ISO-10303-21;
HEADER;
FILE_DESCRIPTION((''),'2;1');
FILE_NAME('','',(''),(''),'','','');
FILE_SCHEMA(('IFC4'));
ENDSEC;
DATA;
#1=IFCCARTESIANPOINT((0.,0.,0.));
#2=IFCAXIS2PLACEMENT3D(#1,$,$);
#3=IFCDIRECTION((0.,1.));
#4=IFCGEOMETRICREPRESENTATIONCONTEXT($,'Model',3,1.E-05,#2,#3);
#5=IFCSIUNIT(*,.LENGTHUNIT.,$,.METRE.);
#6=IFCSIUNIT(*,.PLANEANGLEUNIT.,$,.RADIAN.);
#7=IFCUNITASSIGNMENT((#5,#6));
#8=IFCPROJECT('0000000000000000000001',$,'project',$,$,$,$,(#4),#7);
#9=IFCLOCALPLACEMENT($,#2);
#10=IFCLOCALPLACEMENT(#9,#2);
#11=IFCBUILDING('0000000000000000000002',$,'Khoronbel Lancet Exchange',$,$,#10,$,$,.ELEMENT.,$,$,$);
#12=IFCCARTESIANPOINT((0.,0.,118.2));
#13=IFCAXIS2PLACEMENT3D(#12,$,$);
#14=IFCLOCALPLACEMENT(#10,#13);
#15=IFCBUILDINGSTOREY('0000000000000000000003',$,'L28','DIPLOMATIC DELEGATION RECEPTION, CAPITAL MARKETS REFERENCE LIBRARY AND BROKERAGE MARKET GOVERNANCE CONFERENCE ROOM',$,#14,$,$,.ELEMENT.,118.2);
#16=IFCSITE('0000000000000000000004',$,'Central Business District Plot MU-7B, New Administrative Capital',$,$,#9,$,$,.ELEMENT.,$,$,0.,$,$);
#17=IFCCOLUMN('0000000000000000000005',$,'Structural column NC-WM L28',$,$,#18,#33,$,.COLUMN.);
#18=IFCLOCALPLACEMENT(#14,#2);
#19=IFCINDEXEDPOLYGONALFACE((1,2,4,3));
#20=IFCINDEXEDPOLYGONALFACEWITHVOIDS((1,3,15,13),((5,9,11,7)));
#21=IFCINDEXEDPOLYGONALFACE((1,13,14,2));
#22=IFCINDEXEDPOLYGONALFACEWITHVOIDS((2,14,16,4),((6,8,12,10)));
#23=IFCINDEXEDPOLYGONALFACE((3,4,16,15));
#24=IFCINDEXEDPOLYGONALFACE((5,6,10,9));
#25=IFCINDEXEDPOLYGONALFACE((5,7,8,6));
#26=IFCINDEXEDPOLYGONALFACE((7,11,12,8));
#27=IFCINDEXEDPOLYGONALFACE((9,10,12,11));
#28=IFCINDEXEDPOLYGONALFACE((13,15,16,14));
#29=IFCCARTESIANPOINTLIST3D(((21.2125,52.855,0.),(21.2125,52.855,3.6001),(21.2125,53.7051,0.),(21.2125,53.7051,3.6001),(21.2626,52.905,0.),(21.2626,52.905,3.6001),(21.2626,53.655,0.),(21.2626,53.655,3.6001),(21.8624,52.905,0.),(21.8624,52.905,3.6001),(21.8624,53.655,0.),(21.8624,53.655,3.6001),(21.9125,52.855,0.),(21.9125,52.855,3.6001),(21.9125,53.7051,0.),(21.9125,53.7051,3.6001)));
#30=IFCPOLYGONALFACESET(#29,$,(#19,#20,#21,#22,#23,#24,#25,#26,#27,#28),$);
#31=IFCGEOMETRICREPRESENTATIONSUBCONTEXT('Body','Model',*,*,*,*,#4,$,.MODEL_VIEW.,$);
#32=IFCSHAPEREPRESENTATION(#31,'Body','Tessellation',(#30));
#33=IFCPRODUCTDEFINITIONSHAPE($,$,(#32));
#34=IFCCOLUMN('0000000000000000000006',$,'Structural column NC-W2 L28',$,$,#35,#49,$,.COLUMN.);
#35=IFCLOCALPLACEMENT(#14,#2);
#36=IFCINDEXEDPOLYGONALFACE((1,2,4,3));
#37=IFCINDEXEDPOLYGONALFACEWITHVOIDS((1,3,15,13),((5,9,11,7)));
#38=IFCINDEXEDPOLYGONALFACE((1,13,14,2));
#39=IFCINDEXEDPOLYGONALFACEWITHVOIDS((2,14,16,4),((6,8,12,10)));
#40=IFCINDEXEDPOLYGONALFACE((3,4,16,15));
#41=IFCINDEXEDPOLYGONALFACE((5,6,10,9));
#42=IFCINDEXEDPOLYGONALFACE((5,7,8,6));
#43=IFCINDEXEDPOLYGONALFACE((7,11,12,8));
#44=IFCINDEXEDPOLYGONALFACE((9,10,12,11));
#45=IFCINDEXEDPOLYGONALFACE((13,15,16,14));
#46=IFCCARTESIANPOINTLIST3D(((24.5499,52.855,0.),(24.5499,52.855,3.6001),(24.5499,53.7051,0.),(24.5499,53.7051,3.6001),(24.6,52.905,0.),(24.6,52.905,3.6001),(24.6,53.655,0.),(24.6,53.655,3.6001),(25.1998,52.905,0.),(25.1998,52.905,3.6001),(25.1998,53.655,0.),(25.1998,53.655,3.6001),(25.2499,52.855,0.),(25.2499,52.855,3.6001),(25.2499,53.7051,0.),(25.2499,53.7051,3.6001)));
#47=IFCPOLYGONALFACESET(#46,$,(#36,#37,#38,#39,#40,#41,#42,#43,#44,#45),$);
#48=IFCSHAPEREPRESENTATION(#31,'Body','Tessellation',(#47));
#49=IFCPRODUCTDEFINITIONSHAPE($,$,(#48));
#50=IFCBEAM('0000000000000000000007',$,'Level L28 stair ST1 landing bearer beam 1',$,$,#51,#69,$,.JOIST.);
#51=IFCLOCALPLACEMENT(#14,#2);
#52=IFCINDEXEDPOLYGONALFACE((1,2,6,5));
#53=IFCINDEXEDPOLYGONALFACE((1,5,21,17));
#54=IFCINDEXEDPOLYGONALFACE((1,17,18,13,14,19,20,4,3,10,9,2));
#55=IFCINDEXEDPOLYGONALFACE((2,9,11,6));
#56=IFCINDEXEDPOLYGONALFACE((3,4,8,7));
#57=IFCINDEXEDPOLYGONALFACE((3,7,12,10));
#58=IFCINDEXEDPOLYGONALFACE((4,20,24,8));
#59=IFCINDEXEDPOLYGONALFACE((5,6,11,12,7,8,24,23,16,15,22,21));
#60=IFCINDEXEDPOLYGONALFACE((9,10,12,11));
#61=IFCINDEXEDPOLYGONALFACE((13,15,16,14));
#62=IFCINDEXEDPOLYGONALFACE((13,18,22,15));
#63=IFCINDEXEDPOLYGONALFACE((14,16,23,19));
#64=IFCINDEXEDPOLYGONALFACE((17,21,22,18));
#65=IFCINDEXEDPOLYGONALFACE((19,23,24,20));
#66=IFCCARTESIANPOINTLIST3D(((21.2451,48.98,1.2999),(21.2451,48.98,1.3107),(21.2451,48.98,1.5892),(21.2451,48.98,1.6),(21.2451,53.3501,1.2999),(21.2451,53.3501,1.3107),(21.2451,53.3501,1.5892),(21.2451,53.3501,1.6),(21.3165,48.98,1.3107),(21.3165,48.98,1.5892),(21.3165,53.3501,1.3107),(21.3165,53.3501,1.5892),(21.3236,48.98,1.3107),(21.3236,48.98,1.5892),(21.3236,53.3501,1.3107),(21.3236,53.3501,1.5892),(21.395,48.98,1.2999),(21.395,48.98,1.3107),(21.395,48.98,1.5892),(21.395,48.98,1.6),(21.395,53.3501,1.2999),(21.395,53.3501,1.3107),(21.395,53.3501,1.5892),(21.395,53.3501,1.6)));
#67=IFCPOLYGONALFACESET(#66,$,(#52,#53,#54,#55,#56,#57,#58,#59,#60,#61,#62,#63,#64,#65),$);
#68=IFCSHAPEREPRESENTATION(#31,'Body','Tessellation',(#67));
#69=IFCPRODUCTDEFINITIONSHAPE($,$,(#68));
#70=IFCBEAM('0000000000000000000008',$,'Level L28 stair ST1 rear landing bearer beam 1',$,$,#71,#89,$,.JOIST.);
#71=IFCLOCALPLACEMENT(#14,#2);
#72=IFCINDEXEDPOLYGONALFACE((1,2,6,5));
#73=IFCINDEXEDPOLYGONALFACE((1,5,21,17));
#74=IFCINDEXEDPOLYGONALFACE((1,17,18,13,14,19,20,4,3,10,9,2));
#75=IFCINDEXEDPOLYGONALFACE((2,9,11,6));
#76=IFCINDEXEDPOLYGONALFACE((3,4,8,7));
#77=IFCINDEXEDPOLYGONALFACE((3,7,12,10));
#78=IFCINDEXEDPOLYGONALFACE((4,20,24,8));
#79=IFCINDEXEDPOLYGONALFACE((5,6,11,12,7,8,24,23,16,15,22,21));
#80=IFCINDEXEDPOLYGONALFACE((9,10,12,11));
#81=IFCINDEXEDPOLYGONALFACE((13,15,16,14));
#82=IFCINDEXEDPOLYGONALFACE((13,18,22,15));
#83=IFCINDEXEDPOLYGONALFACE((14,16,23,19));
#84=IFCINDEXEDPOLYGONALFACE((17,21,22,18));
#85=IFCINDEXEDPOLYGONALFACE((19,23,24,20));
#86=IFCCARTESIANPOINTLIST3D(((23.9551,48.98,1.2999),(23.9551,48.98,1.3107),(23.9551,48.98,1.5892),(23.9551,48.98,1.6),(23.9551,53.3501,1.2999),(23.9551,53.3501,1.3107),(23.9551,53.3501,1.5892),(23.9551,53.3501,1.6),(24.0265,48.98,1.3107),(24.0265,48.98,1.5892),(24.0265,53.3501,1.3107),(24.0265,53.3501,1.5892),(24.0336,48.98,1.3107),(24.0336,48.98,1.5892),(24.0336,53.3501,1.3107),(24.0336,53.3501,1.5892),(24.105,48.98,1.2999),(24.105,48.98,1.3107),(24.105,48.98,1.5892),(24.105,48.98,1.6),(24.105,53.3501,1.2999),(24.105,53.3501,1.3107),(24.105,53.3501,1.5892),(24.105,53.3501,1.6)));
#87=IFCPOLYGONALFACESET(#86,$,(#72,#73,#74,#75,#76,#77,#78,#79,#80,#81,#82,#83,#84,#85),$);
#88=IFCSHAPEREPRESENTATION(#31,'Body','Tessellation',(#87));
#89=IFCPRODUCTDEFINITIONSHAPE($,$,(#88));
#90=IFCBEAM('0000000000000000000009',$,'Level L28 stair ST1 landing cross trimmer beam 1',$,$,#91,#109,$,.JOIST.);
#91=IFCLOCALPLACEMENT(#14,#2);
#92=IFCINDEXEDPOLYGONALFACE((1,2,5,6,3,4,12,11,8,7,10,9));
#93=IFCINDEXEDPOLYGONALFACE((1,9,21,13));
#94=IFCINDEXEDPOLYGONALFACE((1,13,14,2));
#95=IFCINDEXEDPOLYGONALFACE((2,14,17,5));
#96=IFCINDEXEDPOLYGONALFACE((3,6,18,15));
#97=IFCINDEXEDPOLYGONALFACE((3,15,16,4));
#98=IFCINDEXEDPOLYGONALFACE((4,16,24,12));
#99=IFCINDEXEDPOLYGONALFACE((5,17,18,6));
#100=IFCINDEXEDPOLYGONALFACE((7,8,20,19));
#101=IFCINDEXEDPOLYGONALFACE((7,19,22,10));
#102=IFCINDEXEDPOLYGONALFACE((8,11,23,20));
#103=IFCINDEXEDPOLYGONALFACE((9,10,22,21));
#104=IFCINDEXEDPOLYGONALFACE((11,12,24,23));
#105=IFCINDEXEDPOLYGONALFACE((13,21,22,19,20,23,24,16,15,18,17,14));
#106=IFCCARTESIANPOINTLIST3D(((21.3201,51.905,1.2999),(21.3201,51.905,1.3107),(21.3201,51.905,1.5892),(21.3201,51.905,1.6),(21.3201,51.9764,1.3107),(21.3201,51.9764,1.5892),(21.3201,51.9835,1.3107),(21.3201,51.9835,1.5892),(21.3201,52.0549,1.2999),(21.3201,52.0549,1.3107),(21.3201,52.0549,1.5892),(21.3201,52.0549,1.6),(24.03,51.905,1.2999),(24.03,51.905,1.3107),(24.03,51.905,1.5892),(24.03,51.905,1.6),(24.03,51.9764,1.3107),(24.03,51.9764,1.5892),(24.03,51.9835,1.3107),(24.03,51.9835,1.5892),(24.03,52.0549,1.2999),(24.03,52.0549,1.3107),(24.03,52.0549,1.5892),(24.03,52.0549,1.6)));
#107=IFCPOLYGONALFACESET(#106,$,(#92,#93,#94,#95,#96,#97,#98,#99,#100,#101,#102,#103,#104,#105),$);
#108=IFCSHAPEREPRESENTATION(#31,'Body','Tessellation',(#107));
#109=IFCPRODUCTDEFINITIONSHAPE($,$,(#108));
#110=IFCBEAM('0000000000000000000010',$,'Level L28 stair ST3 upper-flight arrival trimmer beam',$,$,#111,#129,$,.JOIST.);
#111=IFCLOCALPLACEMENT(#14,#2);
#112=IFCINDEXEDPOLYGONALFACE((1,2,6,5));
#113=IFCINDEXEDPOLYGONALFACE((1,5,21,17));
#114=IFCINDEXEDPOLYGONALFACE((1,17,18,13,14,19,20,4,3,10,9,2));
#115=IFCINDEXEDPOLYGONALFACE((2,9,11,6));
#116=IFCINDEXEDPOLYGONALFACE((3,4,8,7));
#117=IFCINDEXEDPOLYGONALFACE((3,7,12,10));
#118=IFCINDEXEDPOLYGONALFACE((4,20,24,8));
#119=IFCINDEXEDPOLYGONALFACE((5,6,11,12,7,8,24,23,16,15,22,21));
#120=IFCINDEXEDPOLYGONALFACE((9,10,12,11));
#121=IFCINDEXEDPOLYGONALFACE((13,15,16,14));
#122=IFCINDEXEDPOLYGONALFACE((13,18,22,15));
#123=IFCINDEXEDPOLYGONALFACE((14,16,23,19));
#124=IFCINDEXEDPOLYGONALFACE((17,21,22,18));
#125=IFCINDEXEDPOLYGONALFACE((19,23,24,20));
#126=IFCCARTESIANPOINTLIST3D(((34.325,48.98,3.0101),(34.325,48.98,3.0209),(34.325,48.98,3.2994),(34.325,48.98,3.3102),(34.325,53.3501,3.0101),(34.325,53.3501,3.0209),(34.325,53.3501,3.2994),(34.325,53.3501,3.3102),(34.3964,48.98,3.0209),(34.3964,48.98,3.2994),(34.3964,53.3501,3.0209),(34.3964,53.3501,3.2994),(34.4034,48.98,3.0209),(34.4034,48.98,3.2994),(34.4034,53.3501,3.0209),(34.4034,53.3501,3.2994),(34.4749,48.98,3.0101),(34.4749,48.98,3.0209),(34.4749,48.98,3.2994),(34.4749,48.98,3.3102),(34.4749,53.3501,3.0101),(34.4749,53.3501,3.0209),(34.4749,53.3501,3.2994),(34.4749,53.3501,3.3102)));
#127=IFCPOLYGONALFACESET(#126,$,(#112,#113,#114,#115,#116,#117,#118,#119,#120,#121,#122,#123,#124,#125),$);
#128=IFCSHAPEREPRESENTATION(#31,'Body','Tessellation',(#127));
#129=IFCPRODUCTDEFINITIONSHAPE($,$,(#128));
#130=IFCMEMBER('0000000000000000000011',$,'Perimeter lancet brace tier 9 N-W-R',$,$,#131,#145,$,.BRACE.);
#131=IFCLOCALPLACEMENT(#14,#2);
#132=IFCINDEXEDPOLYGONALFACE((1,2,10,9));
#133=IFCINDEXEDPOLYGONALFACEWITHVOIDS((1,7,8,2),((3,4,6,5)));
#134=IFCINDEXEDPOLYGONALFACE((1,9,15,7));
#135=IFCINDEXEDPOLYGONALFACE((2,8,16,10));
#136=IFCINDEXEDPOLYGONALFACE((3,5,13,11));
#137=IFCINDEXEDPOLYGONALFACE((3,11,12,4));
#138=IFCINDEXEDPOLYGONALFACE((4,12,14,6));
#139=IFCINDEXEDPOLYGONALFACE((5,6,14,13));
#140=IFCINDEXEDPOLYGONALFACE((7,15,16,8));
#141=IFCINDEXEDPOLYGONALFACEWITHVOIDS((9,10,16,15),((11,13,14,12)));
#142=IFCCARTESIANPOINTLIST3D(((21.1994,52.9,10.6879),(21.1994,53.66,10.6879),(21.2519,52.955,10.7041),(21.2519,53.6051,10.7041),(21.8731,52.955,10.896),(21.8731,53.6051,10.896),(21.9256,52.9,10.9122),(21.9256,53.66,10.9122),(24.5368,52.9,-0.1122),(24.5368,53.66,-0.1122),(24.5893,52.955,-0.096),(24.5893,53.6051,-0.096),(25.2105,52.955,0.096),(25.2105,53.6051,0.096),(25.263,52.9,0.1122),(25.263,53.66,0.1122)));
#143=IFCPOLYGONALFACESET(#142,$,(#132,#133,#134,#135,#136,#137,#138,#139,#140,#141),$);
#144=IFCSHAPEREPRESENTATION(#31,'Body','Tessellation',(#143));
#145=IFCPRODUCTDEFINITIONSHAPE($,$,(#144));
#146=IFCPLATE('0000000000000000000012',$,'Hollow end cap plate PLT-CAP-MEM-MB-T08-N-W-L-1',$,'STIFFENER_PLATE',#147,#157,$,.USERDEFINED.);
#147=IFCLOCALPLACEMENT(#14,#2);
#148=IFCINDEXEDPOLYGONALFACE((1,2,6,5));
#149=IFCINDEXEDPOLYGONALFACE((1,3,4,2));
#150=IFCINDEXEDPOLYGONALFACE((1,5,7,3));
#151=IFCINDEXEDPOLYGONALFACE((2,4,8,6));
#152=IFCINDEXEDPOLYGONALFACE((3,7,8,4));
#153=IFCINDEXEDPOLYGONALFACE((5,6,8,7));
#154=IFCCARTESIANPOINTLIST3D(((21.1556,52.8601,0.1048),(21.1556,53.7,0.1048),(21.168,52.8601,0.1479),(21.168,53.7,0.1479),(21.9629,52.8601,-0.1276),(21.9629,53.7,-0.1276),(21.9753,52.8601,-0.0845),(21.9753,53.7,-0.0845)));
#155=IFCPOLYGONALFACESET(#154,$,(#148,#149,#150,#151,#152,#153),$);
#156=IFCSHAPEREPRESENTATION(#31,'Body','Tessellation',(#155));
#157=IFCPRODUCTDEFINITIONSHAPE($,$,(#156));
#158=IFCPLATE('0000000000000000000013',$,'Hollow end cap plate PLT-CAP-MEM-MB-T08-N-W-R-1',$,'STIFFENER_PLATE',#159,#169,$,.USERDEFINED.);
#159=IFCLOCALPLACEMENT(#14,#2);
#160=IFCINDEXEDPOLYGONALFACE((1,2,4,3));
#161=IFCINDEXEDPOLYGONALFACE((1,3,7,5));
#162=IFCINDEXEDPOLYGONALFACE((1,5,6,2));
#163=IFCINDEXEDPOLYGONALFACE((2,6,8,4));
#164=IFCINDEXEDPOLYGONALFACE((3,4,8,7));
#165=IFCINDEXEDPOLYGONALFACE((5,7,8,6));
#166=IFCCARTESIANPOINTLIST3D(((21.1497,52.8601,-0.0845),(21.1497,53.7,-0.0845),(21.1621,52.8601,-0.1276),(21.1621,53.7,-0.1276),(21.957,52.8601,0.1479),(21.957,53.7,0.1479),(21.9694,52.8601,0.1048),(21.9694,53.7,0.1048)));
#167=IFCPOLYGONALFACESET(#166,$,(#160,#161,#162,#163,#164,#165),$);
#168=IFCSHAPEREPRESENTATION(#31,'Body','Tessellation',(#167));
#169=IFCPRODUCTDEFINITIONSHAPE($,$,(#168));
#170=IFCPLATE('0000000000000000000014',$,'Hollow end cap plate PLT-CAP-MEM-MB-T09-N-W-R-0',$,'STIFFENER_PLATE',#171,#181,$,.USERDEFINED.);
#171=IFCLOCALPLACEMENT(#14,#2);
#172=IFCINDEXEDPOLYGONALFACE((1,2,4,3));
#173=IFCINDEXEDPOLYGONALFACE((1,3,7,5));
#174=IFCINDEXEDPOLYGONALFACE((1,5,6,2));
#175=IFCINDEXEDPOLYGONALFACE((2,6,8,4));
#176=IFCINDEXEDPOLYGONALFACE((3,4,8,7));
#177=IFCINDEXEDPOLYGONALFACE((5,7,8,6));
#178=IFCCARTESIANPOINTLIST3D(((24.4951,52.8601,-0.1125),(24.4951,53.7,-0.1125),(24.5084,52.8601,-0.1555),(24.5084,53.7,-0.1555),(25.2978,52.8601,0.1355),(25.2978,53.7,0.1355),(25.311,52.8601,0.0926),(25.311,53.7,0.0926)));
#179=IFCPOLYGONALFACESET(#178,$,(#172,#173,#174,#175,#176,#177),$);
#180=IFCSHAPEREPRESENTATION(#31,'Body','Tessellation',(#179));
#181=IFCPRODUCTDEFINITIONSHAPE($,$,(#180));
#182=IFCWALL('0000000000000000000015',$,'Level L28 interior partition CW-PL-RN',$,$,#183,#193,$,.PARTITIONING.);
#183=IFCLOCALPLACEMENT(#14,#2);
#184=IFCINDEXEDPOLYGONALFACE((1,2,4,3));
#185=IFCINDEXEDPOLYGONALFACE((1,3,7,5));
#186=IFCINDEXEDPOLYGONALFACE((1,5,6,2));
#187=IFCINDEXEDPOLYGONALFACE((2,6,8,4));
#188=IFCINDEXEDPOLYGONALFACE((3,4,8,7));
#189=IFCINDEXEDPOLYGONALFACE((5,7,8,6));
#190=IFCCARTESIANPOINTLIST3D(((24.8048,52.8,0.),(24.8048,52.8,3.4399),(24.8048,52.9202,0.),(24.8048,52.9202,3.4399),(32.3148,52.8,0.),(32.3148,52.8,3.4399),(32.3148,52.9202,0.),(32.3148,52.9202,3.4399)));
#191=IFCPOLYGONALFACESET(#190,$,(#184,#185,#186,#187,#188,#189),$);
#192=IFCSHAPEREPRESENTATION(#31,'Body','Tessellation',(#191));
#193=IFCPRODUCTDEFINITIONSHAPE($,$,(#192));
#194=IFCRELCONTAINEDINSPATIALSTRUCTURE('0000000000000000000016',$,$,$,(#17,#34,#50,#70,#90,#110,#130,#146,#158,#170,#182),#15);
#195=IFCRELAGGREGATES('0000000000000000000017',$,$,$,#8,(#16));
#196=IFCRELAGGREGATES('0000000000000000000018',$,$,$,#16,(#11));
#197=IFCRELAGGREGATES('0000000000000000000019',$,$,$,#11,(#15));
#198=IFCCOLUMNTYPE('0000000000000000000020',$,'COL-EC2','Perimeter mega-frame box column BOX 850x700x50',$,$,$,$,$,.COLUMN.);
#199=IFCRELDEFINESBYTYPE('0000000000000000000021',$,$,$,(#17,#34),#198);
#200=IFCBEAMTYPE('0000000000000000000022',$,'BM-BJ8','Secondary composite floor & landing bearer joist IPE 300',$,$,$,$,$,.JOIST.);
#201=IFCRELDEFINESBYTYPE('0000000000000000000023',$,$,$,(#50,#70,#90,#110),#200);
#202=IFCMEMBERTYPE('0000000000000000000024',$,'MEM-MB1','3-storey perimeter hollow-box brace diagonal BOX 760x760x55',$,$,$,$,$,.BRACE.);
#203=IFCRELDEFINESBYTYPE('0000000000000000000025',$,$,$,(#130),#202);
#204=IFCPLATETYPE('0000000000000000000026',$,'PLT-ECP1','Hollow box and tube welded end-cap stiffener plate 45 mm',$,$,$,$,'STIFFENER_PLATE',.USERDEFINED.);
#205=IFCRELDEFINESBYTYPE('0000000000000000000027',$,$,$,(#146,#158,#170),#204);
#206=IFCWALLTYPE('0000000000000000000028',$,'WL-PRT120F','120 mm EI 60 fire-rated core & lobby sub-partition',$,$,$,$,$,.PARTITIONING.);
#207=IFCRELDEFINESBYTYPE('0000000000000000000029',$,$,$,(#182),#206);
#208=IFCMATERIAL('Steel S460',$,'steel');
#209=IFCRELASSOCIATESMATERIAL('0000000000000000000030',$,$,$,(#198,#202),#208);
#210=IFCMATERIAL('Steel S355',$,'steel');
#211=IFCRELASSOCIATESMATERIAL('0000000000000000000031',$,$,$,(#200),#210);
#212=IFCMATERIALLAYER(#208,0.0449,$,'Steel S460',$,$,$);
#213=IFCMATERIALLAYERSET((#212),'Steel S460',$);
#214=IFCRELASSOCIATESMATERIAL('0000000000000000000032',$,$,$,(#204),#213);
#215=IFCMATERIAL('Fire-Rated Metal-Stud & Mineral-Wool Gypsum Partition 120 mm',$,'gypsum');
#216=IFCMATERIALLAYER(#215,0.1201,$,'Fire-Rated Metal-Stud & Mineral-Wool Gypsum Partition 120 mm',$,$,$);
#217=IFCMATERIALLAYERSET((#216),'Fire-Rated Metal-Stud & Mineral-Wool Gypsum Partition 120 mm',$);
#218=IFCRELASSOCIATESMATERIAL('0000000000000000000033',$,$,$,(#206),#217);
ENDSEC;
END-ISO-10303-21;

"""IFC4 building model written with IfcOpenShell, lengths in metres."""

from ifc_helpers import new_model, si_unit, direction, frame, frame_2d, origin, origin_2d, place, context, subcontext, project, spatial, polyline, rectangle, hollow_rectangle, i_section, outline, extrude, material, layer, layer_set, material_profile, profile_set, type_object, element, save


model = new_model("IFC4")

# Units and contexts
model_context = context("Model", 3, precision=1e-05, world=origin(), true_north=direction((0.0, 1.0)))
body_context = subcontext(model_context, "Body", "Model", "MODEL_VIEW")
ifc_project = project(units=[si_unit("LENGTHUNIT", "METRE"), si_unit("PLANEANGLEUNIT", "RADIAN")], contexts=[model_context])

# Site, building, storey
site_placement = place(None, origin())
site = spatial("IfcSite", under=ifc_project, at=site_placement, Name="Central Business District Plot MU-7B, New Administrative Capital", CompositionType="ELEMENT", RefElevation=0.0)
building_placement = place(site_placement, origin())
building = spatial("IfcBuilding", under=site, at=building_placement, Name="Khoronbel Lancet Exchange", CompositionType="ELEMENT")
storey_placement = place(building_placement, frame((0.0, 0.0, 118.2)))
storey = spatial("IfcBuildingStorey", under=building, at=storey_placement, Name="L28", Description="DIPLOMATIC DELEGATION RECEPTION, CAPITAL MARKETS REFERENCE LIBRARY AND BROKERAGE MARKET GOVERNANCE CONFERENCE ROOM", CompositionType="ELEMENT", Elevation=118.2)

# Columns
ifc_material_1 = material(Name="Steel S460", Category="steel")
ifc_material_profile_1 = material_profile(ifc_material_1, hollow_rectangle(XDim=0.7, YDim=0.8501, WallThickness=0.05, at=origin_2d()), Name="BOX 850x700x50")
ifc_profile_set_1 = profile_set([ifc_material_profile_1], Name="Steel S460")
column_type = type_object("IfcColumnType", Name="COL-EC2", Description="Perimeter mega-frame box column BOX 850x700x50", PredefinedType="COLUMN", material=ifc_profile_set_1)
for number, where, z_axis, x_axis, name in (
    (1, (21.5625, 53.28, 0.0), (0.0, 0.0, 1.0), (1.0, 0.0, 0.0), "Structural column NC-WM L28"),
    (2, (24.8999, 53.28, 0.0), (0.0, 0.0, 1.0), (1.0, 0.0, 0.0), "Structural column NC-W2 L28"),
):
    element("IfcColumn", number, at=place(storey_placement, frame(where, z_axis=z_axis, x_axis=x_axis)), inside=storey, type_object=column_type, Name=name, PredefinedType="COLUMN", context=body_context, shape_type="SweptSolid", body=[
        extrude(hollow_rectangle(XDim=0.7, YDim=0.8501, WallThickness=0.05, at=origin_2d()), origin(), (0.0, 0.0, 1.0), 3.6001),
    ])

# Beams
ifc_material_2 = material(Name="Steel S355", Category="steel")
ifc_material_profile_2 = material_profile(ifc_material_2, i_section(OverallWidth=0.1499, OverallDepth=0.3, WebThickness=0.0071, FlangeThickness=0.0107, at=origin_2d()), Name="IPE 300")
ifc_profile_set_2 = profile_set([ifc_material_profile_2], Name="Steel S355")
beam_type = type_object("IfcBeamType", Name="BM-BJ8", Description="Secondary composite floor & landing bearer joist IPE 300", PredefinedType="JOIST", material=ifc_profile_set_2)
for number, where, z_axis, x_axis, name in (
    (3, (21.3201, 48.98, 1.45), (0.0, 1.0, 0.0), (-1.0, 0.0, 0.0), "Level L28 stair ST1 landing bearer beam 1"),
    (4, (24.03, 48.98, 1.45), (0.0, 1.0, 0.0), (-1.0, 0.0, 0.0), "Level L28 stair ST1 rear landing bearer beam 1"),
):
    element("IfcBeam", number, at=place(storey_placement, frame(where, z_axis=z_axis, x_axis=x_axis)), inside=storey, type_object=beam_type, Name=name, PredefinedType="JOIST", context=body_context, shape_type="SweptSolid", body=[
        extrude(i_section(OverallWidth=0.1499, OverallDepth=0.3, WebThickness=0.0071, FlangeThickness=0.0107, at=origin_2d()), origin(), (0.0, 0.0, 1.0), 4.3701),
    ])
beam_1_placement = place(storey_placement, frame((21.3201, 51.98, 1.45), z_axis=(1.0, 0.0, 0.0), x_axis=(0.0, 1.0, 0.0)))
element("IfcBeam", 5, at=beam_1_placement, inside=storey, type_object=beam_type, Name="Level L28 stair ST1 landing cross trimmer beam 1", PredefinedType="JOIST", context=body_context, shape_type="SweptSolid", body=[
    extrude(i_section(OverallWidth=0.1499, OverallDepth=0.3, WebThickness=0.0071, FlangeThickness=0.0107, at=origin_2d()), origin(), (0.0, 0.0, 1.0), 2.71),
])
beam_2_placement = place(storey_placement, frame((34.3999, 48.98, 3.1602), z_axis=(0.0, 1.0, 0.0), x_axis=(-1.0, 0.0, 0.0)))
element("IfcBeam", 6, at=beam_2_placement, inside=storey, type_object=beam_type, Name="Level L28 stair ST3 upper-flight arrival trimmer beam", PredefinedType="JOIST", context=body_context, shape_type="SweptSolid", body=[
    extrude(i_section(OverallWidth=0.1499, OverallDepth=0.3, WebThickness=0.0071, FlangeThickness=0.0107, at=origin_2d()), origin(), (0.0, 0.0, 1.0), 4.3701),
])

# Member
ifc_material_profile_3 = material_profile(ifc_material_1, hollow_rectangle(XDim=0.76, YDim=0.76, WallThickness=0.0549, at=origin_2d()), Name="BOX 760x760x55")
ifc_profile_set_3 = profile_set([ifc_material_profile_3], Name="Steel S460")
member_type = type_object("IfcMemberType", Name="MEM-MB1", Description="3-storey perimeter hollow-box brace diagonal BOX 760x760x55", PredefinedType="BRACE", material=ifc_profile_set_3)
member_placement = place(storey_placement, frame((24.8999, 53.28, 0.0), z_axis=(-0.295242, 0.0, 0.955422), x_axis=(0.0, -1.0, 0.0)))
element("IfcMember", 7, at=member_placement, inside=storey, type_object=member_type, Name="Perimeter lancet brace tier 9 N-W-R", PredefinedType="BRACE", context=body_context, shape_type="SweptSolid", body=[
    extrude(hollow_rectangle(XDim=0.76, YDim=0.76, WallThickness=0.0549, at=origin_2d()), origin(), (0.0, 0.0, 1.0), 11.304),
])

# Plates
ifc_layer_1 = layer(ifc_material_1, 0.0449, Name="Steel S460")
ifc_layer_set_1 = layer_set([ifc_layer_1], Name="Steel S460")
plate_type = type_object("IfcPlateType", Name="PLT-ECP1", Description="Hollow box and tube welded end-cap stiffener plate 45 mm", ElementType="STIFFENER_PLATE", PredefinedType="USERDEFINED", material=ifc_layer_set_1)
for number, where, z_axis, x_axis, name in (
    (8, (21.9753, 52.8601, -0.0845), (0.27664, 0.0, 0.960974), (0.0, 1.0, 0.0), "Hollow end cap plate PLT-CAP-MEM-MB-T08-N-W-L-1"),
    (9, (21.1497, 53.7, -0.0845), (-0.27664, 0.0, 0.960974), (0.0, -1.0, 0.0), "Hollow end cap plate PLT-CAP-MEM-MB-T08-N-W-R-1"),
    (10, (24.4951, 53.7, -0.1125), (-0.295229, 0.0, 0.955426), (0.0, -1.0, 0.0), "Hollow end cap plate PLT-CAP-MEM-MB-T09-N-W-R-0"),
):
    element("IfcPlate", number, at=place(storey_placement, frame(where, z_axis=z_axis, x_axis=x_axis)), inside=storey, type_object=plate_type, Name=name, ObjectType="STIFFENER_PLATE", PredefinedType="USERDEFINED", context=body_context, shape_type="SweptSolid", body=[
        extrude(outline(polyline([(0.0, 0.0), (0.8398, 0.0), (0.8398, 0.8401), (0.0, 0.8401), (0.0, 0.0)])), origin(), (0.0, 0.0, -1.0), 0.0449),
    ])

# Wall
ifc_material_3 = material(Name="Fire-Rated Metal-Stud & Mineral-Wool Gypsum Partition 120 mm", Category="gypsum")
ifc_layer_2 = layer(ifc_material_3, 0.1201, Name="Fire-Rated Metal-Stud & Mineral-Wool Gypsum Partition 120 mm")
ifc_layer_set_2 = layer_set([ifc_layer_2], Name="Fire-Rated Metal-Stud & Mineral-Wool Gypsum Partition 120 mm")
wall_type_1 = type_object("IfcWallType", Name="WL-PRT120F", Description="120 mm EI 60 fire-rated core & lobby sub-partition", PredefinedType="PARTITIONING", material=ifc_layer_set_2)
wall_1_placement = place(storey_placement, frame((24.8049, 52.8601, 0.0), z_axis=(0.0, 0.0, 1.0), x_axis=(1.0, 0.0, 0.0)))
element("IfcWall", 11, at=wall_1_placement, inside=storey, type_object=wall_type_1, Name="Level L28 interior partition CW-PL-RN", PredefinedType="PARTITIONING", context=body_context, shape_type="SweptSolid", body=[
    extrude(rectangle(XDim=7.51, YDim=0.1201, at=frame_2d((3.7549, 0.0))), origin(), (0.0, 0.0, 1.0), 3.4399),
])

save(model, "model.ifc")
